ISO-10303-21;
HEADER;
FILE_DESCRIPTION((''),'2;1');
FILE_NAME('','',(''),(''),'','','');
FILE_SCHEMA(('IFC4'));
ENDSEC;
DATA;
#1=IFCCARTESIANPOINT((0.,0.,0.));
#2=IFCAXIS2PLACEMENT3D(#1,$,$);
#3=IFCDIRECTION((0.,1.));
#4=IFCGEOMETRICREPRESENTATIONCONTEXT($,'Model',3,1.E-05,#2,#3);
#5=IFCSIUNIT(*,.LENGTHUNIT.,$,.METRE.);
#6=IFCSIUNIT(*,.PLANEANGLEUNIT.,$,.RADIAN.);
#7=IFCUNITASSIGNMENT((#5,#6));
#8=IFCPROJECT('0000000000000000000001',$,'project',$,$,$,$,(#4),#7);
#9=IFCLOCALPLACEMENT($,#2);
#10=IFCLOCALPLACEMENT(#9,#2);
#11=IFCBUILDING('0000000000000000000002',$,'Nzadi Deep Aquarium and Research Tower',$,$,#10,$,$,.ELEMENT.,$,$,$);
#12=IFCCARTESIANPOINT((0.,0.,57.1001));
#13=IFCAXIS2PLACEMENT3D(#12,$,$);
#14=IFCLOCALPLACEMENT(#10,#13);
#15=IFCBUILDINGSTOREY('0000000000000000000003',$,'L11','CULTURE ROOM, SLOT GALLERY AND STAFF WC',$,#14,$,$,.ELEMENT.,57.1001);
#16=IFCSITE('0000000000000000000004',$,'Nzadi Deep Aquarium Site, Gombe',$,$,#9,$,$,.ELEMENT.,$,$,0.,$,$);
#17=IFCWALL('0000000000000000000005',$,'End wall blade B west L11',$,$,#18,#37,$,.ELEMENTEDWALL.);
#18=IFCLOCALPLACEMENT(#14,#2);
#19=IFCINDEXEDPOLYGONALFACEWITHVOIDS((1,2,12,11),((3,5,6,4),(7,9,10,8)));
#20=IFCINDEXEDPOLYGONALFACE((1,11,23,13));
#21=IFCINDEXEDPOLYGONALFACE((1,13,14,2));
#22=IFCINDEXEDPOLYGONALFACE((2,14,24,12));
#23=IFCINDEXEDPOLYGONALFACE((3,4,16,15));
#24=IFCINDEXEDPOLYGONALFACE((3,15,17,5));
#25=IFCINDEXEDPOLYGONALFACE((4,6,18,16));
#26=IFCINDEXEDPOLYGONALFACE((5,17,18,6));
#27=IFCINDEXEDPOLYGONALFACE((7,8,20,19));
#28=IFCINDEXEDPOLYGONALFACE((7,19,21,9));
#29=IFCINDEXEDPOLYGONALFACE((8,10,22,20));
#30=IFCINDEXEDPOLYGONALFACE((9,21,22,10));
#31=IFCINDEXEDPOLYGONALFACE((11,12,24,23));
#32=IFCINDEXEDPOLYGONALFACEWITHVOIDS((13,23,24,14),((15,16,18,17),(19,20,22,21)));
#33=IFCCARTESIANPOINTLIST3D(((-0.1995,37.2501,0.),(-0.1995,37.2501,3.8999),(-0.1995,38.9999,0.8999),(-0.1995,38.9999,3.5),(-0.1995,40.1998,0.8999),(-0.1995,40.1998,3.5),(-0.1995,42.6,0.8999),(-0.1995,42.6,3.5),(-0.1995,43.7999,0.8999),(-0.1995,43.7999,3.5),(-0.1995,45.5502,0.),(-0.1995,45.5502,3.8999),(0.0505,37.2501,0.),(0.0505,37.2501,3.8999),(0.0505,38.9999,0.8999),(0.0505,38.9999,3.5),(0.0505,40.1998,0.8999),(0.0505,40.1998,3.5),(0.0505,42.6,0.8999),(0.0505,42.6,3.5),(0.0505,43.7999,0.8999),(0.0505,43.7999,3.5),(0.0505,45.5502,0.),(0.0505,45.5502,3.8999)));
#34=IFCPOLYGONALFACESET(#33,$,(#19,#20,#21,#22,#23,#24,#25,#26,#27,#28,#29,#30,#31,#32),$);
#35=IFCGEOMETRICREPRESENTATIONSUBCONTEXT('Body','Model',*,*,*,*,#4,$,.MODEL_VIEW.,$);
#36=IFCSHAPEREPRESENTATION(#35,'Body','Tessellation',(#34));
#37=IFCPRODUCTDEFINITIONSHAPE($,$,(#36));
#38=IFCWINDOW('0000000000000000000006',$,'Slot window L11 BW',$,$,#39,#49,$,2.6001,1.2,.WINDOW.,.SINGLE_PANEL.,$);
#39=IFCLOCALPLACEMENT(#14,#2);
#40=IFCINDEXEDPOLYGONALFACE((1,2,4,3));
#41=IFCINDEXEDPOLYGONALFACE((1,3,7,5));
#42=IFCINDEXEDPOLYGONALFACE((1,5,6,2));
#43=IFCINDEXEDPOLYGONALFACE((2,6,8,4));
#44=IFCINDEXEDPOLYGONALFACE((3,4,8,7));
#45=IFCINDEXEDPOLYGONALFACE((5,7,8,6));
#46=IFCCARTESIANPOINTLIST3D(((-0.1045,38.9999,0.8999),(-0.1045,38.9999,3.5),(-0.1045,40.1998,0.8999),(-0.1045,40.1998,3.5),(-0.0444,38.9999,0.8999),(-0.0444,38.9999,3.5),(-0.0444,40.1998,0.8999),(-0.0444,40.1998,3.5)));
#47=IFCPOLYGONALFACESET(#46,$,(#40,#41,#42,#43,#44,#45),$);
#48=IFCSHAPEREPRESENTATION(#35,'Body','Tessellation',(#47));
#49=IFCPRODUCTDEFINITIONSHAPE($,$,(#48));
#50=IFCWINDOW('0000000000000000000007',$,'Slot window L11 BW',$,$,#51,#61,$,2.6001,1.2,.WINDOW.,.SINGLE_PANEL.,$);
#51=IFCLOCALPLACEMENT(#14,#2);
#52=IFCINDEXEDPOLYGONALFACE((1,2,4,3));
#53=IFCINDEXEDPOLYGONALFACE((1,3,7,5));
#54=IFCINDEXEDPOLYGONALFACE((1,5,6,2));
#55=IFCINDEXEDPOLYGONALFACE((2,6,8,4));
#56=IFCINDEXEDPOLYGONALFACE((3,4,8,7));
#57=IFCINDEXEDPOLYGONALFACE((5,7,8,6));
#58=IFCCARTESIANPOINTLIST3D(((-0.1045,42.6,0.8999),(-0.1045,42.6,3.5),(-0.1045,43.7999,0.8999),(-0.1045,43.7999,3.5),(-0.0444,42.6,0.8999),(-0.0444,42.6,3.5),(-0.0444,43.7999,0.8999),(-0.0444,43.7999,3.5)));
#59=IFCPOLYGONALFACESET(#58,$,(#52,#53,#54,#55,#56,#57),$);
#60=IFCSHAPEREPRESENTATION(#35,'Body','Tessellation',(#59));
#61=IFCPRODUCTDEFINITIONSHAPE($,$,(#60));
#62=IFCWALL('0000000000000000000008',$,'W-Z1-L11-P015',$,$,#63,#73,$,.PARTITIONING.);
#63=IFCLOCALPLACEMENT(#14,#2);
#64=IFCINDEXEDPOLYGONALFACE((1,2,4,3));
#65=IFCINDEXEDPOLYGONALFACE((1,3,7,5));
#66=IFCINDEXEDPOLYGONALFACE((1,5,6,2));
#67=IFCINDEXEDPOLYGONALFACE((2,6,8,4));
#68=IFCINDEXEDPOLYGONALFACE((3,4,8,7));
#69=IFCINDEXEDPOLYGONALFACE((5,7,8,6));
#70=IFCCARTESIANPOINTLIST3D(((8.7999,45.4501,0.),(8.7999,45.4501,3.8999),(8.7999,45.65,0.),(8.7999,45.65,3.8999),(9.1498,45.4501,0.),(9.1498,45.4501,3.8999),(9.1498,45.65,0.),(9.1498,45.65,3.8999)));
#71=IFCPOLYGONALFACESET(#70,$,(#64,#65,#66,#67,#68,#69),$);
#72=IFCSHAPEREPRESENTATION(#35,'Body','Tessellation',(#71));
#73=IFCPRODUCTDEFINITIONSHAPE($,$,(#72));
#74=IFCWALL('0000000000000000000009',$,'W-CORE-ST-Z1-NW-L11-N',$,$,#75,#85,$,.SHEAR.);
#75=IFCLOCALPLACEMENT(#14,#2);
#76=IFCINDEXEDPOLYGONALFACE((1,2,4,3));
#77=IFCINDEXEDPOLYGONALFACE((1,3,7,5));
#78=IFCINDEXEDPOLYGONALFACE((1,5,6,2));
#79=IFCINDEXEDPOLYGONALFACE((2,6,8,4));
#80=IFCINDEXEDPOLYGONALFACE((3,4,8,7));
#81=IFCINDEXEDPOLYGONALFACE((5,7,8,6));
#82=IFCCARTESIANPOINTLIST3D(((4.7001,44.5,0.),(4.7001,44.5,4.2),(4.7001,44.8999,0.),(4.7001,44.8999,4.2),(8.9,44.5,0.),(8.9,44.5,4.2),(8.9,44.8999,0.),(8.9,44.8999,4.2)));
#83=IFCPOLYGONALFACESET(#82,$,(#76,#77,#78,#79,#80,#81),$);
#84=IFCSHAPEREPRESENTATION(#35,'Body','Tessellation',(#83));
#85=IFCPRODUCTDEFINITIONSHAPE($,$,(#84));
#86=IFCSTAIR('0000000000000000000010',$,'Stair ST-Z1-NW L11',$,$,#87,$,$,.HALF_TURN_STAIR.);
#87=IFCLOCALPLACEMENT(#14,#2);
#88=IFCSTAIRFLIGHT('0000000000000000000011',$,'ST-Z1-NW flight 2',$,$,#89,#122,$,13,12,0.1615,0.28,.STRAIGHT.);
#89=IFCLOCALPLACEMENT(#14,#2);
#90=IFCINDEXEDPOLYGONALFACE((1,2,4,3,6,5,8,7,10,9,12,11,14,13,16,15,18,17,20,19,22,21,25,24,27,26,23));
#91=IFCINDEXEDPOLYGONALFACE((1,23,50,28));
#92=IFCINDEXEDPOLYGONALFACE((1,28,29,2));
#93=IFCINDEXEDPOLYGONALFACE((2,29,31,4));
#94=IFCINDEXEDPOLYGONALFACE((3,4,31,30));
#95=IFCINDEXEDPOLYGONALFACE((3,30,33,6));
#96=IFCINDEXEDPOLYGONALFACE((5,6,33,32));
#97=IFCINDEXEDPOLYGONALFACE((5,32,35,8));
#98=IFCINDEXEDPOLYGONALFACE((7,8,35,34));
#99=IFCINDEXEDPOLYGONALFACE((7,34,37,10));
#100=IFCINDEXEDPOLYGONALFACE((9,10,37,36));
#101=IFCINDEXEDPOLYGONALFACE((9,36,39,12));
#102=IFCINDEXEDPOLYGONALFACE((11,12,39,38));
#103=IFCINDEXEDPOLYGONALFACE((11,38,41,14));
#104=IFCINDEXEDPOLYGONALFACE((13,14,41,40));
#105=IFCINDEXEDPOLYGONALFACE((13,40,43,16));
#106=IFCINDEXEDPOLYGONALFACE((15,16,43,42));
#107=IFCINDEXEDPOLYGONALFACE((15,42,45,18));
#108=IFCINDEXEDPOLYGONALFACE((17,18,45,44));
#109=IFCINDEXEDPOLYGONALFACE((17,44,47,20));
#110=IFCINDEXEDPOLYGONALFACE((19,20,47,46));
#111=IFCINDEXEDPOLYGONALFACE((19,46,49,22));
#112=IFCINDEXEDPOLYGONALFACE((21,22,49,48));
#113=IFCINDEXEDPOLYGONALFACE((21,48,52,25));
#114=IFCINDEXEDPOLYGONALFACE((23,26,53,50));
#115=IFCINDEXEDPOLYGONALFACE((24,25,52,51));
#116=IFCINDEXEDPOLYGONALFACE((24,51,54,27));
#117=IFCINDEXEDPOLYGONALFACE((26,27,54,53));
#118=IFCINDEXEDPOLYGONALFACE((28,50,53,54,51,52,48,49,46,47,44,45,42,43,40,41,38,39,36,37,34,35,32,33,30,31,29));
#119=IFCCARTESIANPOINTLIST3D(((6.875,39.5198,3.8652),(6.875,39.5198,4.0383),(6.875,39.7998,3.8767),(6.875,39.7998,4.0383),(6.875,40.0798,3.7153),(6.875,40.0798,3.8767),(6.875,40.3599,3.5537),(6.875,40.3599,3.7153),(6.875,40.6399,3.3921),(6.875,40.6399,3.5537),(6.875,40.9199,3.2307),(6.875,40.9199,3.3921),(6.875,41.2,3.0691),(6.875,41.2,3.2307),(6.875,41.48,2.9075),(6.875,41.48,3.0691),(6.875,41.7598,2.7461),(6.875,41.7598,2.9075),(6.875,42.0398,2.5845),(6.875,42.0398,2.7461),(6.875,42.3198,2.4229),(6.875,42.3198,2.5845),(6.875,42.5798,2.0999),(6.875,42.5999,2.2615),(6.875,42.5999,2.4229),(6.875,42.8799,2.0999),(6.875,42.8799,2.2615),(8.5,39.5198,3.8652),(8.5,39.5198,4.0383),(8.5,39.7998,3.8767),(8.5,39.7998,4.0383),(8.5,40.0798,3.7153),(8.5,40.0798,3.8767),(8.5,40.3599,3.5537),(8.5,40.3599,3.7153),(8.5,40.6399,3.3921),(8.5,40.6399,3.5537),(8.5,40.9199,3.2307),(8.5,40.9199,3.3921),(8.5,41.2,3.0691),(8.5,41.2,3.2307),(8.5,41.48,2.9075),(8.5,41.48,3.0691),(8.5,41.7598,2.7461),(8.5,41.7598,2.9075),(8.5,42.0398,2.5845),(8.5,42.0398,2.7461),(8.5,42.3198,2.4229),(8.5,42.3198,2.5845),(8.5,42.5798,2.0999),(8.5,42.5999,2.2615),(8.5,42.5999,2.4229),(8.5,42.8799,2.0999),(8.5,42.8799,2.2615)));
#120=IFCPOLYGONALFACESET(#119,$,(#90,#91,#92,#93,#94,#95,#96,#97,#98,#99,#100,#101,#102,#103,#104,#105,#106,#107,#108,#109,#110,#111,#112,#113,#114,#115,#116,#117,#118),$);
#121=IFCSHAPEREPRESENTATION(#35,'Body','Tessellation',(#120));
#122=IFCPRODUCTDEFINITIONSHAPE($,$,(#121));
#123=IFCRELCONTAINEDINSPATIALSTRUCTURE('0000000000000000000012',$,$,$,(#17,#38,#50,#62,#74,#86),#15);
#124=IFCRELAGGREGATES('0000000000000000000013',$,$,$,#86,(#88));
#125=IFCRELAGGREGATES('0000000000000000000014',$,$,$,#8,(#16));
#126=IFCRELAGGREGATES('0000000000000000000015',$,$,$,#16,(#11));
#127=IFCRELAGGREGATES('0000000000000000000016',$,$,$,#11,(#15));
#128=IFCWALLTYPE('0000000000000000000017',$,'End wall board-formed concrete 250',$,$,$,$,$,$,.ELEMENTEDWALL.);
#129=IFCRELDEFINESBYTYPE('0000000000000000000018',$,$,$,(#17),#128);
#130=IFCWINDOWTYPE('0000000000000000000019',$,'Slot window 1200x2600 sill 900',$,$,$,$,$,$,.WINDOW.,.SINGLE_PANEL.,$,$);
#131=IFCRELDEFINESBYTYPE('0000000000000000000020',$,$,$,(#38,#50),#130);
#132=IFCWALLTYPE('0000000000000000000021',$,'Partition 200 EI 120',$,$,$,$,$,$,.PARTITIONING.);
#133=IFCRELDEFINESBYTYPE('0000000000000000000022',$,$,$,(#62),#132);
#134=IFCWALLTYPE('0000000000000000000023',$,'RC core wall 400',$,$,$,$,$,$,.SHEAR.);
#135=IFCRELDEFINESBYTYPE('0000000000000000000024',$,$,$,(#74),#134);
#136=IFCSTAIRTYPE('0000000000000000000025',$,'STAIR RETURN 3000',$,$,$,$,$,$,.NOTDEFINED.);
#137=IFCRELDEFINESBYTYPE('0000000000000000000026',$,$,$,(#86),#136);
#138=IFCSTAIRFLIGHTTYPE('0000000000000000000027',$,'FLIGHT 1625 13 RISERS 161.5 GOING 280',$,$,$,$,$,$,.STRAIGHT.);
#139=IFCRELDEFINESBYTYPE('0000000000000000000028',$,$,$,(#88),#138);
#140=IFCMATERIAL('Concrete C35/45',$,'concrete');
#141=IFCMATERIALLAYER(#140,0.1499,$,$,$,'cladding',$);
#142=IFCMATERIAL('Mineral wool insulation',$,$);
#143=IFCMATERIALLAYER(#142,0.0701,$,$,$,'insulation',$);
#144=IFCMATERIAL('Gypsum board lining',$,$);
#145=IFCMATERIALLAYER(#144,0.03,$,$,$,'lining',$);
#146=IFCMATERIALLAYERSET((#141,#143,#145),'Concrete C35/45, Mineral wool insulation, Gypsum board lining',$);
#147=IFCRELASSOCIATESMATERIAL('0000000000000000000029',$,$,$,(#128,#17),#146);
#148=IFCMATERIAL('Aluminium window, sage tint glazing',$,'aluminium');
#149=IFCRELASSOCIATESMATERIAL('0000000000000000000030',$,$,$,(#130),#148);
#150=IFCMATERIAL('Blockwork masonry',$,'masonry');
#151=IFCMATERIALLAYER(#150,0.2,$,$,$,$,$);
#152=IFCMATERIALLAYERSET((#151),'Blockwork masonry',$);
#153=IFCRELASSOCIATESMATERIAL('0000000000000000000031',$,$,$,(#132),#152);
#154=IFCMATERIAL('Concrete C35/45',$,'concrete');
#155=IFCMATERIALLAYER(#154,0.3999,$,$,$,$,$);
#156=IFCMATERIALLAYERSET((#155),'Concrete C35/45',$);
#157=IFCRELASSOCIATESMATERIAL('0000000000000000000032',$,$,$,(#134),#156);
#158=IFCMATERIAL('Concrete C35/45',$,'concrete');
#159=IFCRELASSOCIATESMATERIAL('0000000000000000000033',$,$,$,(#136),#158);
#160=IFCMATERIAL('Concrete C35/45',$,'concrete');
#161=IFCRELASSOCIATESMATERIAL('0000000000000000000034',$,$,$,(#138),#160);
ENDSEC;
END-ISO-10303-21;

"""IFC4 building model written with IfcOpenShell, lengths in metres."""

from ifc_helpers import new_model, si_unit, direction, frame, frame_2d, origin, place, context, subcontext, project, spatial, polyline, rectangle, outline, extrude, material, layer, layer_set, layer_usage, type_object, element, fill, aggregate, save


model = new_model("IFC4")

# Units and contexts
model_context = context("Model", 3, precision=1e-05, world=origin(), true_north=direction((0.0, 1.0)))
body_context = subcontext(model_context, "Body", "Model", "MODEL_VIEW")
ifc_project = project(units=[si_unit("LENGTHUNIT", "METRE"), si_unit("PLANEANGLEUNIT", "RADIAN")], contexts=[model_context])

# Site, building, storey
site_placement = place(None, origin())
site = spatial("IfcSite", under=ifc_project, at=site_placement, Name="Nzadi Deep Aquarium Site, Gombe", CompositionType="ELEMENT", RefElevation=0.0)
building_placement = place(site_placement, origin())
building = spatial("IfcBuilding", under=site, at=building_placement, Name="Nzadi Deep Aquarium and Research Tower", CompositionType="ELEMENT")
storey_placement = place(building_placement, frame((0.0, 0.0, 57.1001)))
storey = spatial("IfcBuildingStorey", under=building, at=storey_placement, Name="L11", Description="CULTURE ROOM, SLOT GALLERY AND STAFF WC", CompositionType="ELEMENT", Elevation=57.1001)

# Wall, openings, windows
ifc_material_1 = material(Name="Concrete C35/45", Category="concrete")
ifc_layer_1 = layer(ifc_material_1, 0.1499, Category="cladding")
ifc_material_2 = material(Name="Mineral wool insulation")
ifc_layer_2 = layer(ifc_material_2, 0.0701, Category="insulation")
ifc_material_3 = material(Name="Gypsum board lining")
ifc_layer_3 = layer(ifc_material_3, 0.03, Category="lining")
ifc_layer_set_1 = layer_set([ifc_layer_1, ifc_layer_2, ifc_layer_3], Name="Concrete C35/45, Mineral wool insulation, Gypsum board lining")
ifc_layer_usage = layer_usage(ifc_layer_set_1, "AXIS2", "POSITIVE", -0.125)
wall_type_1 = type_object("IfcWallType", Name="End wall board-formed concrete 250", PredefinedType="ELEMENTEDWALL", material=ifc_layer_set_1)
wall_1_placement = place(storey_placement, frame((-0.0745, 45.55, 0.0), z_axis=(0.0, 0.0, 1.0), x_axis=(0.0, -1.0, 0.0)))
wall_1 = element("IfcWall", 1, at=wall_1_placement, inside=storey, type_object=wall_type_1, material=ifc_layer_usage, Name="End wall blade B west L11", PredefinedType="ELEMENTEDWALL", context=body_context, shape_type="SweptSolid", body=[
    extrude(rectangle(XDim=8.3, YDim=0.25, at=frame_2d((4.1499, 0.0))), origin(), (0.0, 0.0, 1.0), 3.8999),
])
opening_1_placement = place(wall_1_placement, frame((5.3501, 0.0, 0.8999)))
opening_1 = element("IfcOpeningElement", 2, at=opening_1_placement, cuts=wall_1, PredefinedType="OPENING", context=body_context, shape_type="SweptSolid", body=[
    extrude(rectangle(XDim=1.2, YDim=2.6001, at=frame_2d((0.6001, 1.3))), frame((0.0, 0.135, 0.0), z_axis=(0.0, -1.0, 0.0), x_axis=(1.0, 0.0, 0.0)), (0.0, 0.0, 1.0), 0.27),
])
opening_2_placement = place(wall_1_placement, frame((1.75, 0.0, 0.8999)))
opening_2 = element("IfcOpeningElement", 3, at=opening_2_placement, cuts=wall_1, PredefinedType="OPENING", context=body_context, shape_type="SweptSolid", body=[
    extrude(rectangle(XDim=1.2, YDim=2.6001, at=frame_2d((0.6001, 1.3))), frame((0.0, 0.135, 0.0), z_axis=(0.0, -1.0, 0.0), x_axis=(1.0, 0.0, 0.0)), (0.0, 0.0, 1.0), 0.27),
])
ifc_material_4 = material(Name="Aluminium window, sage tint glazing", Category="aluminium")
window_type = type_object("IfcWindowType", Name="Slot window 1200x2600 sill 900", PartitioningType="SINGLE_PANEL", PredefinedType="WINDOW", material=ifc_material_4)
window_1_placement = place(opening_1_placement, origin())
window_1 = element("IfcWindow", 4, at=window_1_placement, inside=storey, type_object=window_type, Name="Slot window L11 BW", OverallHeight=2.6001, OverallWidth=1.2, PartitioningType="SINGLE_PANEL", PredefinedType="WINDOW", context=body_context, shape_type="SweptSolid", body=[
    extrude(rectangle(XDim=1.2, YDim=2.6001, at=frame_2d((0.6001, 1.3))), frame((0.0, 0.03, 0.0), z_axis=(0.0, -1.0, 0.0), x_axis=(1.0, 0.0, 0.0)), (0.0, 0.0, 1.0), 0.0601),
])
fill(opening_1, window_1)
window_2_placement = place(opening_2_placement, origin())
window_2 = element("IfcWindow", 5, at=window_2_placement, inside=storey, type_object=window_type, Name="Slot window L11 BW", OverallHeight=2.6001, OverallWidth=1.2, PartitioningType="SINGLE_PANEL", PredefinedType="WINDOW", context=body_context, shape_type="SweptSolid", body=[
    extrude(rectangle(XDim=1.2, YDim=2.6001, at=frame_2d((0.6001, 1.3))), frame((0.0, 0.03, 0.0), z_axis=(0.0, -1.0, 0.0), x_axis=(1.0, 0.0, 0.0)), (0.0, 0.0, 1.0), 0.0601),
])
fill(opening_2, window_2)

# Walls
ifc_material_5 = material(Name="Blockwork masonry", Category="masonry")
ifc_layer_4 = layer(ifc_material_5, 0.2)
ifc_layer_set_2 = layer_set([ifc_layer_4], Name="Blockwork masonry")
wall_type_2 = type_object("IfcWallType", Name="Partition 200 EI 120", PredefinedType="PARTITIONING", material=ifc_layer_set_2)
wall_2_placement = place(storey_placement, frame((8.8, 45.55, 0.0), z_axis=(0.0, 0.0, 1.0), x_axis=(1.0, 0.0, 0.0)))
element("IfcWall", 6, at=wall_2_placement, inside=storey, type_object=wall_type_2, Name="W-Z1-L11-P015", PredefinedType="PARTITIONING", context=body_context, shape_type="SweptSolid", body=[
    extrude(rectangle(XDim=0.3499, YDim=0.2, at=frame_2d((0.1748, 0.0))), origin(), (0.0, 0.0, 1.0), 3.8999),
])
ifc_material_6 = material(Name="Concrete C35/45", Category="concrete")
ifc_layer_5 = layer(ifc_material_6, 0.3999)
ifc_layer_set_3 = layer_set([ifc_layer_5], Name="Concrete C35/45")
wall_type_3 = type_object("IfcWallType", Name="RC core wall 400", PredefinedType="SHEAR", material=ifc_layer_set_3)
wall_3_placement = place(storey_placement, frame((4.7, 44.7, 0.0), z_axis=(0.0, 0.0, 1.0), x_axis=(1.0, 0.0, 0.0)))
element("IfcWall", 7, at=wall_3_placement, inside=storey, type_object=wall_type_3, Name="W-CORE-ST-Z1-NW-L11-N", PredefinedType="SHEAR", context=body_context, shape_type="SweptSolid", body=[
    extrude(rectangle(XDim=4.2, YDim=0.3999, at=frame_2d((2.1001, 0.0))), origin(), (0.0, 0.0, 1.0), 4.2),
])

# Stair, stair flight
ifc_material_7 = material(Name="Concrete C35/45", Category="concrete")
stair_type = type_object("IfcStairType", Name="STAIR RETURN 3000", PredefinedType="NOTDEFINED", material=ifc_material_7)
stair_placement = place(storey_placement, origin())
stair = element("IfcStair", 8, at=stair_placement, inside=storey, type_object=stair_type, Name="Stair ST-Z1-NW L11", PredefinedType="HALF_TURN_STAIR")
ifc_material_8 = material(Name="Concrete C35/45", Category="concrete")
stair_flight_type = type_object("IfcStairFlightType", Name="FLIGHT 1625 13 RISERS 161.5 GOING 280", PredefinedType="STRAIGHT", material=ifc_material_8)
stair_flight_placement = place(storey_placement, frame((7.6875, 42.8799, 2.0999), z_axis=(0.0, 0.0, 1.0), x_axis=(0.0, -1.0, 0.0)))
stair_flight = element("IfcStairFlight", 9, at=stair_flight_placement, type_object=stair_flight_type, Name="ST-Z1-NW flight 2", NumberOfRisers=13, NumberOfTreads=12, PredefinedType="STRAIGHT", RiserHeight=0.1615, TreadLength=0.28, context=body_context, shape_type="SweptSolid", body=[
    extrude(outline(polyline([(0.0, 0.0), (0.0, 0.1616), (0.28, 0.1616), (0.28, 0.323), (0.5601, 0.323), (0.5601, 0.4846), (0.8401, 0.4846), (0.8401, 0.6462), (1.1201, 0.6462), (1.1201, 0.8076), (1.3999, 0.8076), (1.3999, 0.9692), (1.6799, 0.9692), (1.6799, 1.1309), (1.96, 1.1309), (1.96, 1.2922), (2.24, 1.2922), (2.24, 1.4539), (2.52, 1.4539), (2.52, 1.6155), (2.8, 1.6155), (2.8, 1.7769), (3.0801, 1.7769), (3.0801, 1.9385), (3.3601, 1.9385), (3.3601, 2.1001), (3.3601, 1.7654), (0.3, 0.0), (0.0, 0.0)])), frame((0.0, 0.8125, 0.0), z_axis=(0.0, -1.0, 0.0), x_axis=(1.0, 0.0, 0.0)), (0.0, 0.0, 1.0), 1.625),
])
aggregate(stair, [stair_flight])

save(model, "model.ifc")
